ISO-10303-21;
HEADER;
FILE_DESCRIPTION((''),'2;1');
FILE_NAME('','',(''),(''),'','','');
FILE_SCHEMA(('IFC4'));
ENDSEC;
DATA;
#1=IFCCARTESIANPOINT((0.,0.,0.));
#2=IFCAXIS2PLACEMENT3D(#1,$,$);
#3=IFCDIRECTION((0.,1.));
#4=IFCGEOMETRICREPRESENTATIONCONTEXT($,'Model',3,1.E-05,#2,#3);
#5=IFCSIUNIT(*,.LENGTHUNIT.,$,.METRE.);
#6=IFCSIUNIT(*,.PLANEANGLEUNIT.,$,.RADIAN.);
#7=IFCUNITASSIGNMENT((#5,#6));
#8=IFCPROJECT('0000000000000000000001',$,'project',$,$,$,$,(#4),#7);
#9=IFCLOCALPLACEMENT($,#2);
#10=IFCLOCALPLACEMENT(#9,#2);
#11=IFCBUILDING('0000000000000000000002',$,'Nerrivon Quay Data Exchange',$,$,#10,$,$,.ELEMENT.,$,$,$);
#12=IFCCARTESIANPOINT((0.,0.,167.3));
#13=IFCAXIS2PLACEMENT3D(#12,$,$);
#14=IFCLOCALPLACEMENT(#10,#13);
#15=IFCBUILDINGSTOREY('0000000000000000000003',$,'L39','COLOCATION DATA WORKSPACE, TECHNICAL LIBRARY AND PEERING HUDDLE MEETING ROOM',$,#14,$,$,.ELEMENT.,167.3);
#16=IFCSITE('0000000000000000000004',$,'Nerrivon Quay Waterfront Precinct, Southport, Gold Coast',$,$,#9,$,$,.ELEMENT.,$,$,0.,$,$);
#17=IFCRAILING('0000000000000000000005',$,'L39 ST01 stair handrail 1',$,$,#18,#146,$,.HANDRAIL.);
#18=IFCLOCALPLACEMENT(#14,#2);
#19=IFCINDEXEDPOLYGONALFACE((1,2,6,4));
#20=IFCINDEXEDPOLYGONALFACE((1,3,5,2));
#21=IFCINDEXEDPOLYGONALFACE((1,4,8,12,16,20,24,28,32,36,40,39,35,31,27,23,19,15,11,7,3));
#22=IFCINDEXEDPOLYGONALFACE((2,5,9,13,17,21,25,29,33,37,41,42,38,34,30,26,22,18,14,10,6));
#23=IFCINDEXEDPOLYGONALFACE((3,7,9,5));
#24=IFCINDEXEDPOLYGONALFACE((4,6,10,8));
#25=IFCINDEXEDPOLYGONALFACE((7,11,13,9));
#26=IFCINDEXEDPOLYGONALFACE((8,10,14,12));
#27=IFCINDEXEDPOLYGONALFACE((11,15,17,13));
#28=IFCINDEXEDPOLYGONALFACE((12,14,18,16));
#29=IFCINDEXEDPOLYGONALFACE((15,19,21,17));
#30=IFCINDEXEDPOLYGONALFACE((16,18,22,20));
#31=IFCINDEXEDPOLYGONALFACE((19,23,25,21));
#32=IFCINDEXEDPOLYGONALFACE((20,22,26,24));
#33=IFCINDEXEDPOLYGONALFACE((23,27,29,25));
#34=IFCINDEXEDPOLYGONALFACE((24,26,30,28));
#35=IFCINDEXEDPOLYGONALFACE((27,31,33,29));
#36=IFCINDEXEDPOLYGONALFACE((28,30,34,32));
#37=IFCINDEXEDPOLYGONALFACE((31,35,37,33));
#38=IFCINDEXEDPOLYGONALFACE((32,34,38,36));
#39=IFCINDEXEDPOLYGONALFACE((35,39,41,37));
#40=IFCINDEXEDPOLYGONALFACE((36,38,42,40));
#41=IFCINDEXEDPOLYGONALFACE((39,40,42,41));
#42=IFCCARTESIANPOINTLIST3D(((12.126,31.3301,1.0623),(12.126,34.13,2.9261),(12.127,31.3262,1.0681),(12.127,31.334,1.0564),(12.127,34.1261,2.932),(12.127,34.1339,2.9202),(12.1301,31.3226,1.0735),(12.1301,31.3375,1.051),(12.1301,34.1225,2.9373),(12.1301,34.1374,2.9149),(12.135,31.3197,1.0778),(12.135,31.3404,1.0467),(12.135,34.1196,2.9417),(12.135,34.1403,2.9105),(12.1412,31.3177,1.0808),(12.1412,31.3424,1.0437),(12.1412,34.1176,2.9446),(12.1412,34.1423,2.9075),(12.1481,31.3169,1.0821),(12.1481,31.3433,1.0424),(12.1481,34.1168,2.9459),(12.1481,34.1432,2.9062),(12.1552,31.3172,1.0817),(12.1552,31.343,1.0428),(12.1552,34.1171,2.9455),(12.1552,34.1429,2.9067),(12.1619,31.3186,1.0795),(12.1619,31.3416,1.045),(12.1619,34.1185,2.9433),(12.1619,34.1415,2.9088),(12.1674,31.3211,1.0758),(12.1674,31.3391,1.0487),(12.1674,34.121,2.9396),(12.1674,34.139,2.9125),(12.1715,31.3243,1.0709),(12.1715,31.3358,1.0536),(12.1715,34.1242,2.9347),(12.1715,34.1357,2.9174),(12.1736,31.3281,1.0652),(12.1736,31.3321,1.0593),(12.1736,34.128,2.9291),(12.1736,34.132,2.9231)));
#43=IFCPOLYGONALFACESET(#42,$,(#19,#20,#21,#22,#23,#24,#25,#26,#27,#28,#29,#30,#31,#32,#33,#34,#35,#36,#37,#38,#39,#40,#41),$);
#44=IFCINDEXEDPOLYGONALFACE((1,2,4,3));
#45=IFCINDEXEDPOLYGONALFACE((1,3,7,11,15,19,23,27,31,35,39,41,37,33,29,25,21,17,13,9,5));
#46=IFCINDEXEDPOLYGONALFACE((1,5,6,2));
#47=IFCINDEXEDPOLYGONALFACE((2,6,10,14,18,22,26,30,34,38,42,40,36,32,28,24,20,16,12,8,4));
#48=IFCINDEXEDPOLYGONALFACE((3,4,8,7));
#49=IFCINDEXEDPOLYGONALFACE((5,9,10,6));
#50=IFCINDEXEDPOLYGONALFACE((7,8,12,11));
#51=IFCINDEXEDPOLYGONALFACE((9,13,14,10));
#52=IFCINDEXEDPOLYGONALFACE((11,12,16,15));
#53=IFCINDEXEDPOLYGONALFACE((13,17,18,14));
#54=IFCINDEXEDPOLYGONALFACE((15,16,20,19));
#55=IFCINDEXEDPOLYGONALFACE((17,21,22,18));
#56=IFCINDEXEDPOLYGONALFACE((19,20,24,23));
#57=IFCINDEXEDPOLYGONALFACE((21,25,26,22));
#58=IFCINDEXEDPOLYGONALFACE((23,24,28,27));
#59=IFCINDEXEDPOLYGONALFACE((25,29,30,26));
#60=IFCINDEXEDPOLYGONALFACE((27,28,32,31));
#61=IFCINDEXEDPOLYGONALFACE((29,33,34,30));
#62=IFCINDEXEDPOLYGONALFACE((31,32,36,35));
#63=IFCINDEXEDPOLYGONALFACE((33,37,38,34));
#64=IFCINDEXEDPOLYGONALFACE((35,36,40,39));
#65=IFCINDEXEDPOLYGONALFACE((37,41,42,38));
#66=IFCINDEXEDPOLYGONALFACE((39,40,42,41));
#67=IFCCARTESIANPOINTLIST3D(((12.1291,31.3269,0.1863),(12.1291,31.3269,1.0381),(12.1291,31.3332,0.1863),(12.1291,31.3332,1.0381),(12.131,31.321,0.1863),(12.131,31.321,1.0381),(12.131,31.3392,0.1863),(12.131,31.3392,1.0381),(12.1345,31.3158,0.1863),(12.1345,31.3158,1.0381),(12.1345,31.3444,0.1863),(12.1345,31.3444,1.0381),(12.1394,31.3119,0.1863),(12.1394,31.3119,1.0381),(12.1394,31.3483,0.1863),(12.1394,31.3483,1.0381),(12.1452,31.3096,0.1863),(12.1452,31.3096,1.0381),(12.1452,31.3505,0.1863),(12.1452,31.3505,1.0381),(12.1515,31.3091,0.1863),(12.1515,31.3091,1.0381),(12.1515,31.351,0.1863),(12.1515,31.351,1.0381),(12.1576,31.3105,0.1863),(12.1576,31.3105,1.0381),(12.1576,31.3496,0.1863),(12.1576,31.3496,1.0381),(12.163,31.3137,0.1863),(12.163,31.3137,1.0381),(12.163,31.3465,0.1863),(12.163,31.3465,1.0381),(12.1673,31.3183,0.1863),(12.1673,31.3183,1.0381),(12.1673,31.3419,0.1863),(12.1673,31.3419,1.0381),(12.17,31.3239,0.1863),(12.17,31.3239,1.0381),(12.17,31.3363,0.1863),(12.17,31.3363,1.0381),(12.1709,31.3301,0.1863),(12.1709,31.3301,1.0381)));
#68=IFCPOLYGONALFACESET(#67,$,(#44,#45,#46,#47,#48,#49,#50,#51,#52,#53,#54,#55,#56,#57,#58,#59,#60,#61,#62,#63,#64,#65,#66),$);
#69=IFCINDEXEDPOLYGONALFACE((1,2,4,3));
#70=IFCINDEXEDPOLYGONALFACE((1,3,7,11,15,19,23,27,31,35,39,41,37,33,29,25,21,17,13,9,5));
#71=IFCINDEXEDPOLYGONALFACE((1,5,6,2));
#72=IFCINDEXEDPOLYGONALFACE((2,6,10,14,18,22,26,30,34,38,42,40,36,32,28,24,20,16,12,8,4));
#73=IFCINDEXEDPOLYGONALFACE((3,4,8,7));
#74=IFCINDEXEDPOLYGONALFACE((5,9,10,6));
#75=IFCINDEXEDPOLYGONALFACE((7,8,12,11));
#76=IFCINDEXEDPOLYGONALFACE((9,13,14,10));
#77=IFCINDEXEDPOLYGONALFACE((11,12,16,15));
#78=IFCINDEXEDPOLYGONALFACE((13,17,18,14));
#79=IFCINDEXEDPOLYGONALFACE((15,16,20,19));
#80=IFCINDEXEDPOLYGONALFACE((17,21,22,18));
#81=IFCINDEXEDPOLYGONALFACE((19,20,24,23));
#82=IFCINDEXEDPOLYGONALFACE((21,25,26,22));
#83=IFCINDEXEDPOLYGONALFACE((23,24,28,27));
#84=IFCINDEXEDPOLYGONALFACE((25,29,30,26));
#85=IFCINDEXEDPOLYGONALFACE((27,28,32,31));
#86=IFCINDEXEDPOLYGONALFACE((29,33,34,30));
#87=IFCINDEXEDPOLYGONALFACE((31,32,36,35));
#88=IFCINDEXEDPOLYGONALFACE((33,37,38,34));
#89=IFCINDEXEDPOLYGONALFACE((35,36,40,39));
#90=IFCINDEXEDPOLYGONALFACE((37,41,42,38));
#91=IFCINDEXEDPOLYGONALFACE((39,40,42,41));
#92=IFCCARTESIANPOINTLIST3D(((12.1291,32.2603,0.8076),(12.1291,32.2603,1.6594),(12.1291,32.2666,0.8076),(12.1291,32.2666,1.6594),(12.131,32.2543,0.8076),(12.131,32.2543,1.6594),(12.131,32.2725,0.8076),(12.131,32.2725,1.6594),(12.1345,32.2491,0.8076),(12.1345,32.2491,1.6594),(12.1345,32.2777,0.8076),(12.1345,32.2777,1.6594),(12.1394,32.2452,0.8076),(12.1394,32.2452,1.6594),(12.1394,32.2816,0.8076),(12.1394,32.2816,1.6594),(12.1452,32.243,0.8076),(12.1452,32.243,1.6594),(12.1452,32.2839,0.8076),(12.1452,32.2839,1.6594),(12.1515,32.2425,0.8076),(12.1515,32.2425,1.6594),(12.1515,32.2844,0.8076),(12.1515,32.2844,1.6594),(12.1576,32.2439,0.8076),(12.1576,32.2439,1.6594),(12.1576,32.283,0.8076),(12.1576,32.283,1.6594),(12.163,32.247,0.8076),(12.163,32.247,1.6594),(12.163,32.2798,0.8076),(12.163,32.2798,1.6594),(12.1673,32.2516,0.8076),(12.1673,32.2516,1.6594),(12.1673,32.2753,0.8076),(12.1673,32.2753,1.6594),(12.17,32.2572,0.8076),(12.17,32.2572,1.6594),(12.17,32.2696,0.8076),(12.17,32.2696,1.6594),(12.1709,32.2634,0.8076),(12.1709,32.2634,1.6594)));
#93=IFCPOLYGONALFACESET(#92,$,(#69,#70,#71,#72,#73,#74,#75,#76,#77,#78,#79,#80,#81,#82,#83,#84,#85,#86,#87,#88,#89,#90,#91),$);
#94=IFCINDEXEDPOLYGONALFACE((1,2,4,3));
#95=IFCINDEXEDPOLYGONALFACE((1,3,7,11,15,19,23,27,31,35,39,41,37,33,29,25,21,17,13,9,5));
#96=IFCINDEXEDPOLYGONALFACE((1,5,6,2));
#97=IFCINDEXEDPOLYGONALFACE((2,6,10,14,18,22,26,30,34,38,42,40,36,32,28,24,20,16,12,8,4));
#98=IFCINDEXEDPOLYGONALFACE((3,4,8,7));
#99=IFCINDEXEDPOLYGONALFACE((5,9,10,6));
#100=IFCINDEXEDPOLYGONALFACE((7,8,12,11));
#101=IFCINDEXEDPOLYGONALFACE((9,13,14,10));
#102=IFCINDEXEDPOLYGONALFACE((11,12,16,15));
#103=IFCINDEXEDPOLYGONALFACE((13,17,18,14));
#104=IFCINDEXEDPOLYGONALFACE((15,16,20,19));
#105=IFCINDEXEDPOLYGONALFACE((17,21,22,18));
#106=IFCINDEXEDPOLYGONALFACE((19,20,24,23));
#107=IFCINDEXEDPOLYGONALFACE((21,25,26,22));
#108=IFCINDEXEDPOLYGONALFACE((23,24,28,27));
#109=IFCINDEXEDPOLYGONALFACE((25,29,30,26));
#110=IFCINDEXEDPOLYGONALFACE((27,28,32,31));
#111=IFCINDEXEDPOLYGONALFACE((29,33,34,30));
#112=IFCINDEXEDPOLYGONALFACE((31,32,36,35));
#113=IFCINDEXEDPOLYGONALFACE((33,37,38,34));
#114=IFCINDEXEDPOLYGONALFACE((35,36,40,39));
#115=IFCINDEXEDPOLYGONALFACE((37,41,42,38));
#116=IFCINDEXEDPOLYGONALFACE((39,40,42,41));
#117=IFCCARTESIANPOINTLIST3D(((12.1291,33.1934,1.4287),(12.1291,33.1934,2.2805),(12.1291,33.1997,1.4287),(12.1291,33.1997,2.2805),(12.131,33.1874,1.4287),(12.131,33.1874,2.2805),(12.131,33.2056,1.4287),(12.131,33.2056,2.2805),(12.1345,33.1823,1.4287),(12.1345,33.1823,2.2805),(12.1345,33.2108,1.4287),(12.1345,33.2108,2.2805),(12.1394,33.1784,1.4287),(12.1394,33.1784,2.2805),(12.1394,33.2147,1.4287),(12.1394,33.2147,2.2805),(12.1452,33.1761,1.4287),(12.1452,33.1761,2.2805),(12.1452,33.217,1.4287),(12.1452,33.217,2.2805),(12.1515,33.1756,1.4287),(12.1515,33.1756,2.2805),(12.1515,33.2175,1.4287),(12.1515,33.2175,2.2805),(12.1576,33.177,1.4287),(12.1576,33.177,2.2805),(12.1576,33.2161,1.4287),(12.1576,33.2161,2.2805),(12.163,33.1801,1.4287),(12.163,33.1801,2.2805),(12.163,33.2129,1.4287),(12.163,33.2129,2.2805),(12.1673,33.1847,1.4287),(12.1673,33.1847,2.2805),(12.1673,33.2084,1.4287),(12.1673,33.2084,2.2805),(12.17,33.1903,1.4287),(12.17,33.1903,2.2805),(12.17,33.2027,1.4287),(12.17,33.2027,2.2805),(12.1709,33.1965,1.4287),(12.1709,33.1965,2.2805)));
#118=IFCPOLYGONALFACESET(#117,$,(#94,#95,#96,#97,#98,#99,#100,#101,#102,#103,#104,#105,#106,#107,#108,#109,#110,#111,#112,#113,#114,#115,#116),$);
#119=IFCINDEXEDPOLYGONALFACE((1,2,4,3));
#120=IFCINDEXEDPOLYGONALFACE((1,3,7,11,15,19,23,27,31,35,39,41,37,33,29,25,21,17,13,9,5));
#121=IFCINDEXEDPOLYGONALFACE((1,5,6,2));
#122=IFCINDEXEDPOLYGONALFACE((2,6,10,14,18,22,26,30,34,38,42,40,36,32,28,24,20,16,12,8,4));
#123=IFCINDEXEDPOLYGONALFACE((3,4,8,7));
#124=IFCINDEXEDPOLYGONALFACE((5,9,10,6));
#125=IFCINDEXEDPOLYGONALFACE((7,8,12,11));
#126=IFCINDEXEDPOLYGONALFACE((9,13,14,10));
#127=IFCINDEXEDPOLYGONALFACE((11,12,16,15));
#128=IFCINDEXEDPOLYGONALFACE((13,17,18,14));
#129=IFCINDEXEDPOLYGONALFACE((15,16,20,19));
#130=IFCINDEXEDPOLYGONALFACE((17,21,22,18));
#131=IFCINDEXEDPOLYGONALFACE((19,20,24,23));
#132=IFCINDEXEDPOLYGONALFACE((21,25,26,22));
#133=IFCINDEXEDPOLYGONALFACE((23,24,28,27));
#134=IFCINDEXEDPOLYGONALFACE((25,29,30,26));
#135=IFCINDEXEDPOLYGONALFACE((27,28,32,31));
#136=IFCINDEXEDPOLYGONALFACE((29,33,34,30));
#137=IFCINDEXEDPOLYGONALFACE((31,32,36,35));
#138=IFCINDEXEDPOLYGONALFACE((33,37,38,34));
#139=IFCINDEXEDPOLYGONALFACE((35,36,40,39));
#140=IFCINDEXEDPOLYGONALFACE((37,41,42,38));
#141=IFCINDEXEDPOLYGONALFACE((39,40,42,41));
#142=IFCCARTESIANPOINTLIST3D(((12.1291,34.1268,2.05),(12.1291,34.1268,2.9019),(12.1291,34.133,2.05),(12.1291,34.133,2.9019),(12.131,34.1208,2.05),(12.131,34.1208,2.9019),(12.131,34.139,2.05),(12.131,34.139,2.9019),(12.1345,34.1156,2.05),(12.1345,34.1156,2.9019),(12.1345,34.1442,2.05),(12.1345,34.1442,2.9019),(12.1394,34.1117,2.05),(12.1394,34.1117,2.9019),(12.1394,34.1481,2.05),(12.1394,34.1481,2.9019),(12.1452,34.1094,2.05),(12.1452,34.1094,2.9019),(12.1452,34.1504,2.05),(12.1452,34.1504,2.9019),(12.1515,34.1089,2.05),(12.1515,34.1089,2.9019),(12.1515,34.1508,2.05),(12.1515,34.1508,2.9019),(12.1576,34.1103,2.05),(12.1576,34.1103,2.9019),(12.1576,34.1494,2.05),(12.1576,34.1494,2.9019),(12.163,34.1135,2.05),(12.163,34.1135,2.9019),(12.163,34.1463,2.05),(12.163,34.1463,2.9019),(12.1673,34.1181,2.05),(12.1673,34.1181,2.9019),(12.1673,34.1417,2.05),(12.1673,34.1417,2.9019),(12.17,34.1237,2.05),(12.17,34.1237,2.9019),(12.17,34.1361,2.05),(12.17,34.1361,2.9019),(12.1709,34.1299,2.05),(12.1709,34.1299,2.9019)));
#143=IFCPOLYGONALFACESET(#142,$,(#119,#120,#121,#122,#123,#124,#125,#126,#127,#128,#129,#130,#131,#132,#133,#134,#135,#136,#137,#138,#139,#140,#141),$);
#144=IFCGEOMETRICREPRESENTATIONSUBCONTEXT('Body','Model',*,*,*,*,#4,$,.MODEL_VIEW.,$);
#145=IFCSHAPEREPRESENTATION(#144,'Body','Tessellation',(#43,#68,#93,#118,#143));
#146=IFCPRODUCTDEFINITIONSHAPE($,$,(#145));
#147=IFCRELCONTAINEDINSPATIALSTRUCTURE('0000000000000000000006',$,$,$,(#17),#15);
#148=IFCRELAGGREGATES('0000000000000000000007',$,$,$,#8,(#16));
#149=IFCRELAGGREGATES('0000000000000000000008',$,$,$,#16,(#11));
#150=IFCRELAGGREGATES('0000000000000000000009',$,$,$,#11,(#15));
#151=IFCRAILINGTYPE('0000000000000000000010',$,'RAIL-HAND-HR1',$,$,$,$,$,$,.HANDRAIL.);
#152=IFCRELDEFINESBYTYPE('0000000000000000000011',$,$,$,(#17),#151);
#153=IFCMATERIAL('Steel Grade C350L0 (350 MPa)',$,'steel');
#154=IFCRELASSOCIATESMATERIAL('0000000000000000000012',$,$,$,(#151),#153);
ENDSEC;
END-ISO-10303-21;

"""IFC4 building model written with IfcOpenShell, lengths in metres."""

from ifc_helpers import new_model, si_unit, direction, frame, origin, origin_2d, place, context, subcontext, project, spatial, circle, extrude, material, type_object, element, save


model = new_model("IFC4")

# Units and contexts
model_context = context("Model", 3, precision=1e-05, world=origin(), true_north=direction((0.0, 1.0)))
body_context = subcontext(model_context, "Body", "Model", "MODEL_VIEW")
ifc_project = project(units=[si_unit("LENGTHUNIT", "METRE"), si_unit("PLANEANGLEUNIT", "RADIAN")], contexts=[model_context])

# Site, building, storey
site_placement = place(None, origin())
site = spatial("IfcSite", under=ifc_project, at=site_placement, Name="Nerrivon Quay Waterfront Precinct, Southport, Gold Coast", CompositionType="ELEMENT", RefElevation=0.0)
building_placement = place(site_placement, origin())
building = spatial("IfcBuilding", under=site, at=building_placement, Name="Nerrivon Quay Data Exchange", CompositionType="ELEMENT")
storey_placement = place(building_placement, frame((0.0, 0.0, 167.3)))
storey = spatial("IfcBuildingStorey", under=building, at=storey_placement, Name="L39", Description="COLOCATION DATA WORKSPACE, TECHNICAL LIBRARY AND PEERING HUDDLE MEETING ROOM", CompositionType="ELEMENT", Elevation=167.3)

# Railing
ifc_material_1 = material(Name="Steel Grade C350L0 (350 MPa)", Category="steel")
railing_type_1 = type_object("IfcRailingType", Name="RAIL-HAND-HR1", PredefinedType="HANDRAIL", material=ifc_material_1)
railing_1_placement = place(storey_placement, frame((12.1499, 31.3301, 0.1863)))
element("IfcRailing", 1, at=railing_1_placement, inside=storey, type_object=railing_type_1, Name="L39 ST01 stair handrail 1", PredefinedType="HANDRAIL", context=body_context, shape_type="SweptSolid", body=[
    extrude(circle(Radius=0.0239, at=origin_2d()), frame((0.0, 0.0, 0.876), z_axis=(0.0, 0.83243, 0.554131), x_axis=(-1.0, 0.0, 0.0)), (0.0, 0.0, 1.0), 3.3635),
    extrude(circle(Radius=0.021, at=origin_2d()), origin(), (0.0, 0.0, 1.0), 0.8518),
    extrude(circle(Radius=0.021, at=origin_2d()), frame((0.0, 0.9333, 0.6213)), (0.0, 0.0, 1.0), 0.8518),
    extrude(circle(Radius=0.021, at=origin_2d()), frame((0.0, 1.8665, 1.2424)), (0.0, 0.0, 1.0), 0.8518),
    extrude(circle(Radius=0.021, at=origin_2d()), frame((0.0, 2.7998, 1.8638)), (0.0, 0.0, 1.0), 0.8518),
])

save(model, "model.ifc")
